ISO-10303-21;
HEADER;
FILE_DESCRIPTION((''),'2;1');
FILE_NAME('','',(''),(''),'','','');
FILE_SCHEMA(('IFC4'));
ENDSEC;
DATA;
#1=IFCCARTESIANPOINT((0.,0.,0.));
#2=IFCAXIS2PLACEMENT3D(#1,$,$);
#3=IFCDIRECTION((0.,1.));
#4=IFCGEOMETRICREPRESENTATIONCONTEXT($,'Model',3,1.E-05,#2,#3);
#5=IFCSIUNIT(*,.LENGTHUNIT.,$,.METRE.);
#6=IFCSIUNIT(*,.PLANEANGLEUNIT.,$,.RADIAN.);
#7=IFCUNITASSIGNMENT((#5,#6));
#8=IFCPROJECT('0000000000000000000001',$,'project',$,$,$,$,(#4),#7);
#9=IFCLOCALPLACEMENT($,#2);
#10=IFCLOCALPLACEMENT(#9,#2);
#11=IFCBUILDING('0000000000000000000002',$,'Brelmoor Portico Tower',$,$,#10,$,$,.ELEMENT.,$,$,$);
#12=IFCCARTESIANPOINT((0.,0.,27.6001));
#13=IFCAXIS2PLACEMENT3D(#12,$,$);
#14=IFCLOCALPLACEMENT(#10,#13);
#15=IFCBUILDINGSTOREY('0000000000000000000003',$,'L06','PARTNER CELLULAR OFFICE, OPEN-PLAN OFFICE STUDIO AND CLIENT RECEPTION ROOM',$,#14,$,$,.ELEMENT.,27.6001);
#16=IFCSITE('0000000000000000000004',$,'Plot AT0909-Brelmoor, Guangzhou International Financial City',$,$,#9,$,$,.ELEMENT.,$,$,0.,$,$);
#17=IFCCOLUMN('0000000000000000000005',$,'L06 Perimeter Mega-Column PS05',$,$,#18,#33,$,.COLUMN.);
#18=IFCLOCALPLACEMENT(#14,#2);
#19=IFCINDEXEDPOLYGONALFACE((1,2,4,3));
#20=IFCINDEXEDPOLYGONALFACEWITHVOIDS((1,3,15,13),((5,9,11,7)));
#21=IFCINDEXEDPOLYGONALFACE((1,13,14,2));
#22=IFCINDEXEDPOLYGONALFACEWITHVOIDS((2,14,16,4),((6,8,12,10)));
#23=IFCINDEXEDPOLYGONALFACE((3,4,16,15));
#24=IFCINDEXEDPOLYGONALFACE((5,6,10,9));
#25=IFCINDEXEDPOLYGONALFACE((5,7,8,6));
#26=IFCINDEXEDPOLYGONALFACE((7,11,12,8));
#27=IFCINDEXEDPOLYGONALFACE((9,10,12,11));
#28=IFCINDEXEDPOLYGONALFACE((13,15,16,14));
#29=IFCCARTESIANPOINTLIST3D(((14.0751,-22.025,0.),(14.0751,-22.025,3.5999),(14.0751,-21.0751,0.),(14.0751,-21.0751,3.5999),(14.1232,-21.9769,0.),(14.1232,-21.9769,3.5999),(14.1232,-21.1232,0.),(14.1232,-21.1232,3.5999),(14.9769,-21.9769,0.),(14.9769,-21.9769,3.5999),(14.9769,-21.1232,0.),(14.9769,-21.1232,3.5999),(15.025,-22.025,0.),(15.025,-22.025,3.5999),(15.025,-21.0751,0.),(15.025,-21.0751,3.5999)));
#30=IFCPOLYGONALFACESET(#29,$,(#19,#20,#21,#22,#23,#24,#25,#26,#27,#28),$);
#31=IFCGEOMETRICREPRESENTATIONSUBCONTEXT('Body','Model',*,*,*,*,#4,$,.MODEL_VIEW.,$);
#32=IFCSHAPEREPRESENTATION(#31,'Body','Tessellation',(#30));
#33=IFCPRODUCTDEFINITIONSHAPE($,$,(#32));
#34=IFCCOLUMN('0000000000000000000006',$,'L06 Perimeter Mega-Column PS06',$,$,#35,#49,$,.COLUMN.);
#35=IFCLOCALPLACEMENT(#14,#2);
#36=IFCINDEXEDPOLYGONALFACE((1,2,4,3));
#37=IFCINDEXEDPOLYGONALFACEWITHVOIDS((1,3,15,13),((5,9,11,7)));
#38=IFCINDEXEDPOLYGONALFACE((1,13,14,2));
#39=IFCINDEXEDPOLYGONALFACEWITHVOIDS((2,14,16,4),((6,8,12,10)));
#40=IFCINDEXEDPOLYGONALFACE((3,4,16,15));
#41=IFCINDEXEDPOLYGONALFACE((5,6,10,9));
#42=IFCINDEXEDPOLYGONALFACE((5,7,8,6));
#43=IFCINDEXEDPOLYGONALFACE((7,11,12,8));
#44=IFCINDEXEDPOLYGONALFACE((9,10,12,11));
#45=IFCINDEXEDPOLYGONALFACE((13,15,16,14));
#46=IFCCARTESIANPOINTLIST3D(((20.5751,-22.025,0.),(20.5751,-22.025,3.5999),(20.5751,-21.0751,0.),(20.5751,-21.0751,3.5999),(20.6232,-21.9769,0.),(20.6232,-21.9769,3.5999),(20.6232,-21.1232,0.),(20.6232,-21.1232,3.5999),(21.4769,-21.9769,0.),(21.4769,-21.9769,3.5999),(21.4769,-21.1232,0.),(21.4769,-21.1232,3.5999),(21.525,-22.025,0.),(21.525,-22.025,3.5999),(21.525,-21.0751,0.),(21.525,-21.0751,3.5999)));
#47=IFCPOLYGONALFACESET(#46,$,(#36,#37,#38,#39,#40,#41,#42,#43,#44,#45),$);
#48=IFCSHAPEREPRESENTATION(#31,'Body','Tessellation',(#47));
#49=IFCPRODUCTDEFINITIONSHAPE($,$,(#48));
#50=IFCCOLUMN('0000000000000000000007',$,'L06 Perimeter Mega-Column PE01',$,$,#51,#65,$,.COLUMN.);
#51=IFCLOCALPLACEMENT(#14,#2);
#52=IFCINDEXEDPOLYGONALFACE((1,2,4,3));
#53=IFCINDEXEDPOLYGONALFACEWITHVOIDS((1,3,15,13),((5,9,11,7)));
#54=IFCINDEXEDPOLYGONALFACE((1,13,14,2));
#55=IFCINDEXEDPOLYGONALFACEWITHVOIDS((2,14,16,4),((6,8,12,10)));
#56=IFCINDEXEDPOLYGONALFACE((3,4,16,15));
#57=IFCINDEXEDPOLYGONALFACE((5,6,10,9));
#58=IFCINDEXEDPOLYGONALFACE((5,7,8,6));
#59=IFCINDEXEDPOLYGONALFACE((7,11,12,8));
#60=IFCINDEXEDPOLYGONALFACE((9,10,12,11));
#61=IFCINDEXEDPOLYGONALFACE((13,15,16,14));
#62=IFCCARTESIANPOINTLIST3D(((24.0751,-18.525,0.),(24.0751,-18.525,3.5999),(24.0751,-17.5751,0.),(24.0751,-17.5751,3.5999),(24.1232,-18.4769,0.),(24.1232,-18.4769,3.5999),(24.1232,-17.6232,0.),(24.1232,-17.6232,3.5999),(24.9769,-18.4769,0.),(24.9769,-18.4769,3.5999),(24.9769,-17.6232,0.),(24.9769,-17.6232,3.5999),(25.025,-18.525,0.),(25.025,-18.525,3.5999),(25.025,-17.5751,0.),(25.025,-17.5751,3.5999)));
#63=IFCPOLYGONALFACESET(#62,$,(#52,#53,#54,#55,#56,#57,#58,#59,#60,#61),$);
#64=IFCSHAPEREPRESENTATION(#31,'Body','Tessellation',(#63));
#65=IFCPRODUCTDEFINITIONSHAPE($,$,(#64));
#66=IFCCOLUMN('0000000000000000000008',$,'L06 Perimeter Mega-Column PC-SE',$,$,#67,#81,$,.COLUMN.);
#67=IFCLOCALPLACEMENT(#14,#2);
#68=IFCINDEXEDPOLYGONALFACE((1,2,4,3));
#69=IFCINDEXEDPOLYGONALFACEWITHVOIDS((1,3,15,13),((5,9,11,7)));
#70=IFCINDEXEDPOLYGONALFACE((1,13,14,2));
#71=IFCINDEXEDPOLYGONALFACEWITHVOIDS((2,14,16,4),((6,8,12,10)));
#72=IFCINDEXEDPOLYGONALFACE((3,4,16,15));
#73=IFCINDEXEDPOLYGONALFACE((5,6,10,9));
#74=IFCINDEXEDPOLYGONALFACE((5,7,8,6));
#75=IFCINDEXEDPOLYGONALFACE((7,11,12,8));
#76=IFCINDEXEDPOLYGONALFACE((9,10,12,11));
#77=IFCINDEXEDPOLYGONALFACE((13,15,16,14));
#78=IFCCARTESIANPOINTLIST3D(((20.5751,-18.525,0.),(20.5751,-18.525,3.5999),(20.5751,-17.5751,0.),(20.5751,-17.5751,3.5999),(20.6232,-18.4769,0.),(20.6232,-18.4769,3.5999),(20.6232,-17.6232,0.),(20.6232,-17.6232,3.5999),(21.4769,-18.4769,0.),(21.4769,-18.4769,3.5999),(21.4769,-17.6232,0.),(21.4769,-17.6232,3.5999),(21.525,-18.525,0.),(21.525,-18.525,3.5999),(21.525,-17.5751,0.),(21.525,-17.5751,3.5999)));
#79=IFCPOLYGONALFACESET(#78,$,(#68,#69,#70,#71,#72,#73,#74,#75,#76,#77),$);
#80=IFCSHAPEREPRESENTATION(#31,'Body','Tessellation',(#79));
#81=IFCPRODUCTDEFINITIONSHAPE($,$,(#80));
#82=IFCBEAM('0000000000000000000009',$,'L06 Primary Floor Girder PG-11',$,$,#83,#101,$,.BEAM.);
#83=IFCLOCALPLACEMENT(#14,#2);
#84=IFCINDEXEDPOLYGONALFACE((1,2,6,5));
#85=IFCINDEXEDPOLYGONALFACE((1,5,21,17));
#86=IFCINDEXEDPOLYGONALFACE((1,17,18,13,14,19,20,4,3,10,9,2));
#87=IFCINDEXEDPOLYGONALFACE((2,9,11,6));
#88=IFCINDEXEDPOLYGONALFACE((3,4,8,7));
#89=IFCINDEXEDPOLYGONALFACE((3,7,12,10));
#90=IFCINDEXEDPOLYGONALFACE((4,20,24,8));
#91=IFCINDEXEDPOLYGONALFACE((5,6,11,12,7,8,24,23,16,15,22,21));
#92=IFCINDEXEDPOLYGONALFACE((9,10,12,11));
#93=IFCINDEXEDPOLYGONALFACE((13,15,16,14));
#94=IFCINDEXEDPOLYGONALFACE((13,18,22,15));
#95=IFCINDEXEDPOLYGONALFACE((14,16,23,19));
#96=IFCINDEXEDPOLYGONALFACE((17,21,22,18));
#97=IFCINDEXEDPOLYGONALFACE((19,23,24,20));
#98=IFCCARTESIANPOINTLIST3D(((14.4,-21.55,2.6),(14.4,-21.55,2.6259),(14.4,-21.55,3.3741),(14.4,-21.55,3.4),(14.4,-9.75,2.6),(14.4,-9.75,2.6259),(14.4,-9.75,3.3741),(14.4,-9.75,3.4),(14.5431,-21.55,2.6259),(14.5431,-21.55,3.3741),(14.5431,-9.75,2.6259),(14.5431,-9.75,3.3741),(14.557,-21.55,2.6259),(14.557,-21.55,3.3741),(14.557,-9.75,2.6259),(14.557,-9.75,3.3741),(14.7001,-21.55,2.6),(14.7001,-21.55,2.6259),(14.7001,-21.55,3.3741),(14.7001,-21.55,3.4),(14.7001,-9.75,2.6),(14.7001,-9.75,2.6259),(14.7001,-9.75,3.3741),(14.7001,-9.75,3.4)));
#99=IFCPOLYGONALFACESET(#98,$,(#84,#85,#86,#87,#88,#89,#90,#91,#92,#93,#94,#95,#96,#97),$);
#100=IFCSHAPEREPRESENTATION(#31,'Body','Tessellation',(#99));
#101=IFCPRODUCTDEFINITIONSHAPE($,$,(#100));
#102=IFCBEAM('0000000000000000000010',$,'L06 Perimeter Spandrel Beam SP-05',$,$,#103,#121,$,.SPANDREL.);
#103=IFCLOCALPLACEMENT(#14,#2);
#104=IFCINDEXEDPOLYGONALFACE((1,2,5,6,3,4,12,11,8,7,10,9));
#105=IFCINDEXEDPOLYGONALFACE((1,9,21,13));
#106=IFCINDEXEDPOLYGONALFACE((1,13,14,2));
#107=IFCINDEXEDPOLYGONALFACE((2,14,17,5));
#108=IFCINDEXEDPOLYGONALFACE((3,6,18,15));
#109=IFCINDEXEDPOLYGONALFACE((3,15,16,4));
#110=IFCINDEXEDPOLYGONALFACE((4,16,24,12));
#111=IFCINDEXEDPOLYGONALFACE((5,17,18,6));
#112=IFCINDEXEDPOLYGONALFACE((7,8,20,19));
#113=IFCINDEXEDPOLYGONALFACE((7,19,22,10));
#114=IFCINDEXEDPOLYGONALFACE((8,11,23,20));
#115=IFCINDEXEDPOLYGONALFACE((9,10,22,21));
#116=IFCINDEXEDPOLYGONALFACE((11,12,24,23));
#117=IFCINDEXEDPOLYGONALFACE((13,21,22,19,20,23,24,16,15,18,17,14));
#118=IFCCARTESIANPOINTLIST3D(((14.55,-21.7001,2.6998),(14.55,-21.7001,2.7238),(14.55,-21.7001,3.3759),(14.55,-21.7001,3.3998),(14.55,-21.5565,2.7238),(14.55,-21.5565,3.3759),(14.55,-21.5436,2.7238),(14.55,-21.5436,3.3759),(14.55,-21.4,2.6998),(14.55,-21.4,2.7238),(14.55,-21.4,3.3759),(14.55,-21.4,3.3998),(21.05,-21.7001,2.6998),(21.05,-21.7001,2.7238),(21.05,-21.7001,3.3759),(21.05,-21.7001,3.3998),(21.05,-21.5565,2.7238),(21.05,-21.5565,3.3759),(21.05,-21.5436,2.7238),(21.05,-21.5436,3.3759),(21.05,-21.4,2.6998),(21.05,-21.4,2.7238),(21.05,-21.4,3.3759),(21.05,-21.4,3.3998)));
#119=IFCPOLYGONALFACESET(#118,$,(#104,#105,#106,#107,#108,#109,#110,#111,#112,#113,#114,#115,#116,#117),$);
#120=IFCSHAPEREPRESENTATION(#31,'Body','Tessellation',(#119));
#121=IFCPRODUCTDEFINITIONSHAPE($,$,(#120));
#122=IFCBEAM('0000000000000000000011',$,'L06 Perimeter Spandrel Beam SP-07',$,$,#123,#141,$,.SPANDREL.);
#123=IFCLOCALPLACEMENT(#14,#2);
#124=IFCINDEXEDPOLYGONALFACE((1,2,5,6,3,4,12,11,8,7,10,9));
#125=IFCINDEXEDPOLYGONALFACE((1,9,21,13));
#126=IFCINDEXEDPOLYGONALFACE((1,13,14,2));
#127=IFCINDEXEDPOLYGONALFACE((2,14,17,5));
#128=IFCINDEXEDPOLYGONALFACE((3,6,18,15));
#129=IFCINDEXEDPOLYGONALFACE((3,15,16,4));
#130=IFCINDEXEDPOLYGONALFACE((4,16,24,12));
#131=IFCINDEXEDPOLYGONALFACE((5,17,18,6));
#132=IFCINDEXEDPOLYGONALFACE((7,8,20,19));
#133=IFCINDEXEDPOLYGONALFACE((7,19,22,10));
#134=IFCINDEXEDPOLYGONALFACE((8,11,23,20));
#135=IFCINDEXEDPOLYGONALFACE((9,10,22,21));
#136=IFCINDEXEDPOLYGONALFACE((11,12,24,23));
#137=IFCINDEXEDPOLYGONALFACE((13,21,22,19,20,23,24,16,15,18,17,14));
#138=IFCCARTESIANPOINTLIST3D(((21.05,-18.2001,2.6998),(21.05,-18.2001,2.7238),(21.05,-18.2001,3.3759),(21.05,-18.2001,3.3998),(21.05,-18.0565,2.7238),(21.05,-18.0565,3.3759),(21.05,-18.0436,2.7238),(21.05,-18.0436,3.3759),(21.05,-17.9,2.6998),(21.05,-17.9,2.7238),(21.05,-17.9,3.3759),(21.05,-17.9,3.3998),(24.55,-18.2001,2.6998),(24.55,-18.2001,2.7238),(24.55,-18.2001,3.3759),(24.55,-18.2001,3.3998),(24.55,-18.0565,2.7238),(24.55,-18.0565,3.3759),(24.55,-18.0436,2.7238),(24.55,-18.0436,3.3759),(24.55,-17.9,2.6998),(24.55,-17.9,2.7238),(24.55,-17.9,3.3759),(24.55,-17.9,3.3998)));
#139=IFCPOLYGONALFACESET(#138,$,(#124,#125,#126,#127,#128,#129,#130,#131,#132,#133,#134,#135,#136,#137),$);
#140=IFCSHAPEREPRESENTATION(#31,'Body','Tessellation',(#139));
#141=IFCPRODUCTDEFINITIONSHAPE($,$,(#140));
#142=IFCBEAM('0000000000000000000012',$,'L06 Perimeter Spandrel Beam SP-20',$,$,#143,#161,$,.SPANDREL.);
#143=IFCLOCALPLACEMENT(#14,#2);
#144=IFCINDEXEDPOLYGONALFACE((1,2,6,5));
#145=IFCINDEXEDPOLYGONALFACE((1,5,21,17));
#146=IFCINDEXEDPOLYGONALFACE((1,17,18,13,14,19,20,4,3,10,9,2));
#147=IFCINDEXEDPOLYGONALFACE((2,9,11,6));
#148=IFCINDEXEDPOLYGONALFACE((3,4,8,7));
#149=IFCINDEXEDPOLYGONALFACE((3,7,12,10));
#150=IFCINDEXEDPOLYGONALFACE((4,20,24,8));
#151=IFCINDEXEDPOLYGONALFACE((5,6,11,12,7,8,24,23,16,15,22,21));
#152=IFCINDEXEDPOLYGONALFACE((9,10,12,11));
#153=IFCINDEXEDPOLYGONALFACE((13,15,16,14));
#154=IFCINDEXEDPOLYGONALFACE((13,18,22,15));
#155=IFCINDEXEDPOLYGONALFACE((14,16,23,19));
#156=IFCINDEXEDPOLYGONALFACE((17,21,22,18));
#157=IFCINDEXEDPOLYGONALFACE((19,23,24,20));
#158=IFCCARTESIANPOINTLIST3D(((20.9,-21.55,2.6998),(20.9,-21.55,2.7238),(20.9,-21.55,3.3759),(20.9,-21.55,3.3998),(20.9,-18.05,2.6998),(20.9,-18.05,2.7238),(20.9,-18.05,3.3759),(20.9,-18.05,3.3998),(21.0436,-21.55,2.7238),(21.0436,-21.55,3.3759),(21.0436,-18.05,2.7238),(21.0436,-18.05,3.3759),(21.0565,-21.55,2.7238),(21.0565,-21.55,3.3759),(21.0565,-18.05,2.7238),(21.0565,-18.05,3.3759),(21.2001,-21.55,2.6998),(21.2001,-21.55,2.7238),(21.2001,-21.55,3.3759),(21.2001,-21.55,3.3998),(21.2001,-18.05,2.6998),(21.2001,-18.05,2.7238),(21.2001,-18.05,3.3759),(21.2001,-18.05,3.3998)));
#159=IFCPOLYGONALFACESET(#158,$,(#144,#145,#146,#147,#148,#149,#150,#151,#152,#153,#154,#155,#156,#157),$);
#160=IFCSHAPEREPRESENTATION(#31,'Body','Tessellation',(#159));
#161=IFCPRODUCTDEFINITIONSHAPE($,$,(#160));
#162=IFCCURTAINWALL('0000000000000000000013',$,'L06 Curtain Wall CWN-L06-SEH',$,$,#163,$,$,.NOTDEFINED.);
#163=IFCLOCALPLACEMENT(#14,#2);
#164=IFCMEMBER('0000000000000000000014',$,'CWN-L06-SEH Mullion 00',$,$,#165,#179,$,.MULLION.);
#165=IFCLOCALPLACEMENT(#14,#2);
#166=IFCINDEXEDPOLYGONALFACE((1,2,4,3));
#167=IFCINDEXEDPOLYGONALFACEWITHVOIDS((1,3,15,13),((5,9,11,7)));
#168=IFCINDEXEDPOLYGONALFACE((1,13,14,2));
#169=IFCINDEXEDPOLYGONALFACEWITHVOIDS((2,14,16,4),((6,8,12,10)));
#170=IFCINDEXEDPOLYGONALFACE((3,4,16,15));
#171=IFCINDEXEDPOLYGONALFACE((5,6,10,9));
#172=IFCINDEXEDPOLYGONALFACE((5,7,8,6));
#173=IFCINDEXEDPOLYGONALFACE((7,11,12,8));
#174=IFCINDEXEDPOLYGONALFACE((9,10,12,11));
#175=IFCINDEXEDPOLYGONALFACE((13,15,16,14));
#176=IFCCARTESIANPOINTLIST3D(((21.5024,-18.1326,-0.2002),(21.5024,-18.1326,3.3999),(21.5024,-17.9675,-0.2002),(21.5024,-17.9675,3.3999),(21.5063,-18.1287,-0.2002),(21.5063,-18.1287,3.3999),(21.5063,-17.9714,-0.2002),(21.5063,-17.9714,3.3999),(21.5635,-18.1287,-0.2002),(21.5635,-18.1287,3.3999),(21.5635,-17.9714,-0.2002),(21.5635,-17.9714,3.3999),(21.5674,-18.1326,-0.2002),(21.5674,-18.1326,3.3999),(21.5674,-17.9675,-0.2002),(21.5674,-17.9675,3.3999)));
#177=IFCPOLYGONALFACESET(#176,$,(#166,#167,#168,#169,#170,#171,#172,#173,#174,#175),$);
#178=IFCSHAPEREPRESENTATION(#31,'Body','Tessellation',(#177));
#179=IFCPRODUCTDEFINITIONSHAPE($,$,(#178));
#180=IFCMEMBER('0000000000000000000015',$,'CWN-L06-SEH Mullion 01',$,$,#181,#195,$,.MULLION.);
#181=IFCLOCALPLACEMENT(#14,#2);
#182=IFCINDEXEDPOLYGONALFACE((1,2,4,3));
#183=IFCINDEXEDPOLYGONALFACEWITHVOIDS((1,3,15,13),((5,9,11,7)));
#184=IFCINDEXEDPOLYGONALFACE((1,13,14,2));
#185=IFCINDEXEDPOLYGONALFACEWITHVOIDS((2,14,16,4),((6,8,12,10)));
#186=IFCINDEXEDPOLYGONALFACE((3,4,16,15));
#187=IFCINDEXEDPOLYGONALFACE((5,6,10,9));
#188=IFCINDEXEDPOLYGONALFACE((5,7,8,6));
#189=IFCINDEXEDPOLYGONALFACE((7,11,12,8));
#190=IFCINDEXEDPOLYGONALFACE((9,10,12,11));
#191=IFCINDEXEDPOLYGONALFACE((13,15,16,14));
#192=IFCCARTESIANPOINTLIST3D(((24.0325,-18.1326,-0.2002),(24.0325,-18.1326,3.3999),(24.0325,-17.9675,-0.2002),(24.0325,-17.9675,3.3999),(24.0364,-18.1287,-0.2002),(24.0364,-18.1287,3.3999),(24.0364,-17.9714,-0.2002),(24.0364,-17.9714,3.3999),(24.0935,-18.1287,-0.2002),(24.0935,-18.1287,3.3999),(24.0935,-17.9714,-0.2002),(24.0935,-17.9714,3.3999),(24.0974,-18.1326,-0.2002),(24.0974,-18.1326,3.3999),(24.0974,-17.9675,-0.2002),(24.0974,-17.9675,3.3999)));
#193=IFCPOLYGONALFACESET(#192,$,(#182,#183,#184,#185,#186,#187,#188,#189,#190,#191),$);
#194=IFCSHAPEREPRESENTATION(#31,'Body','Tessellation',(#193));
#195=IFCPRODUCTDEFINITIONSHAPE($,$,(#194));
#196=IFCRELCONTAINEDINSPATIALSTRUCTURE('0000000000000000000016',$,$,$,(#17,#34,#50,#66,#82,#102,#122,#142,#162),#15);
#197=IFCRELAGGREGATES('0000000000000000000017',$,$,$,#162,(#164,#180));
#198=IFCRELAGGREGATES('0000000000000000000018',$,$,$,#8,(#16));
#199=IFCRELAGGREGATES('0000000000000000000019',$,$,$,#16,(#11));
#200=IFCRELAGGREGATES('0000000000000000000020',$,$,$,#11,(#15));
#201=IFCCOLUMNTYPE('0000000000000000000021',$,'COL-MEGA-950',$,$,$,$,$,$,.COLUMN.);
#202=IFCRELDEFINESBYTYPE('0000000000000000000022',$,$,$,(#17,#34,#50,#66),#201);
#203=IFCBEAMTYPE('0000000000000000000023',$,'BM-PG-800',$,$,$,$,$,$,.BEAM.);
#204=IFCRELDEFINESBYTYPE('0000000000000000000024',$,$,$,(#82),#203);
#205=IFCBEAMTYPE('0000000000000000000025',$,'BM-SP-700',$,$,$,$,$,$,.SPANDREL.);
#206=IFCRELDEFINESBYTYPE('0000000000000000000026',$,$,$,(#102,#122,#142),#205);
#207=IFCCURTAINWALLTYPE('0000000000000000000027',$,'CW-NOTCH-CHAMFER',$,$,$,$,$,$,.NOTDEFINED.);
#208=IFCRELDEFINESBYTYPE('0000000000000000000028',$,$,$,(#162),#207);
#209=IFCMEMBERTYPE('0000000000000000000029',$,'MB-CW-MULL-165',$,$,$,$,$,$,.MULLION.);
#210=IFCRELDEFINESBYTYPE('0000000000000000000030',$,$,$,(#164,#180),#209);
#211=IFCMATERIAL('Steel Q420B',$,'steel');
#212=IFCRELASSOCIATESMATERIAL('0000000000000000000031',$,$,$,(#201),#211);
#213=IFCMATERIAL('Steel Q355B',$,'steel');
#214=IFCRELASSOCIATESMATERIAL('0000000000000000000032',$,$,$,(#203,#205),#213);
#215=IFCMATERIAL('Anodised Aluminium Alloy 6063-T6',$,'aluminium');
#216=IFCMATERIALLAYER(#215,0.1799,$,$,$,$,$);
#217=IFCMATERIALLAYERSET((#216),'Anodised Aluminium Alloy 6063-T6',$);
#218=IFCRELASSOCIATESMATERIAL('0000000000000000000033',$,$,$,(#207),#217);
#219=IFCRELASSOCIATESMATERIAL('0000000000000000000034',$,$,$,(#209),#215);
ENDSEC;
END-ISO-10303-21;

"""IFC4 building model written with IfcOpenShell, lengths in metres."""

from ifc_helpers import new_model, si_unit, direction, frame, origin, origin_2d, place, context, subcontext, project, spatial, hollow_rectangle, i_section, extrude, material, layer, layer_set, material_profile, profile_set, type_object, element, aggregate, save


model = new_model("IFC4")

# Units and contexts
model_context = context("Model", 3, precision=1e-05, world=origin(), true_north=direction((0.0, 1.0)))
body_context = subcontext(model_context, "Body", "Model", "MODEL_VIEW")
ifc_project = project(units=[si_unit("LENGTHUNIT", "METRE"), si_unit("PLANEANGLEUNIT", "RADIAN")], contexts=[model_context])

# Site, building, storey
site_placement = place(None, origin())
site = spatial("IfcSite", under=ifc_project, at=site_placement, Name="Plot AT0909-Brelmoor, Guangzhou International Financial City", CompositionType="ELEMENT", RefElevation=0.0)
building_placement = place(site_placement, origin())
building = spatial("IfcBuilding", under=site, at=building_placement, Name="Brelmoor Portico Tower", CompositionType="ELEMENT")
storey_placement = place(building_placement, frame((0.0, 0.0, 27.6001)))
storey = spatial("IfcBuildingStorey", under=building, at=storey_placement, Name="L06", Description="PARTNER CELLULAR OFFICE, OPEN-PLAN OFFICE STUDIO AND CLIENT RECEPTION ROOM", CompositionType="ELEMENT", Elevation=27.6001)

# Columns
ifc_material_1 = material(Name="Steel Q420B", Category="steel")
ifc_material_profile_1 = material_profile(ifc_material_1, hollow_rectangle(XDim=0.95, YDim=0.95, WallThickness=0.0481, at=origin_2d()), Name="BOX 950x950x48")
ifc_profile_set_1 = profile_set([ifc_material_profile_1], Name="Steel Q420B")
column_type = type_object("IfcColumnType", Name="COL-MEGA-950", PredefinedType="COLUMN", material=ifc_profile_set_1)
for number, where, z_axis, x_axis, name in (
    (1, (14.55, -21.55, 0.0), (0.0, 0.0, 1.0), (1.0, 0.0, 0.0), "L06 Perimeter Mega-Column PS05"),
    (2, (21.05, -21.55, 0.0), (0.0, 0.0, 1.0), (1.0, 0.0, 0.0), "L06 Perimeter Mega-Column PS06"),
    (3, (24.55, -18.05, 0.0), (0.0, 0.0, 1.0), (0.0, 1.0, 0.0), "L06 Perimeter Mega-Column PE01"),
    (4, (21.05, -18.05, 0.0), (0.0, 0.0, 1.0), (1.0, 0.0, 0.0), "L06 Perimeter Mega-Column PC-SE"),
):
    element("IfcColumn", number, at=place(storey_placement, frame(where, z_axis=z_axis, x_axis=x_axis)), inside=storey, type_object=column_type, Name=name, PredefinedType="COLUMN", context=body_context, shape_type="SweptSolid", body=[
        extrude(hollow_rectangle(XDim=0.95, YDim=0.95, WallThickness=0.0481, at=origin_2d()), origin(), (0.0, 0.0, 1.0), 3.5999),
    ])

# Beams
ifc_material_2 = material(Name="Steel Q355B", Category="steel")
ifc_material_profile_2 = material_profile(ifc_material_2, i_section(OverallWidth=0.3, OverallDepth=0.8, WebThickness=0.0139, FlangeThickness=0.0259, at=origin_2d()), Name="HN 800x300x14x26")
ifc_profile_set_2 = profile_set([ifc_material_profile_2], Name="Steel Q355B")
beam_type_1 = type_object("IfcBeamType", Name="BM-PG-800", PredefinedType="BEAM", material=ifc_profile_set_2)
beam_1_placement = place(storey_placement, frame((14.55, -21.55, 3.0), z_axis=(0.0, 1.0, 0.0), x_axis=(-1.0, 0.0, 0.0)))
element("IfcBeam", 5, at=beam_1_placement, inside=storey, type_object=beam_type_1, Name="L06 Primary Floor Girder PG-11", PredefinedType="BEAM", context=body_context, shape_type="SweptSolid", body=[
    extrude(i_section(OverallWidth=0.3, OverallDepth=0.8, WebThickness=0.0139, FlangeThickness=0.0259, at=origin_2d()), origin(), (0.0, 0.0, 1.0), 11.8),
])
ifc_material_profile_3 = material_profile(ifc_material_2, i_section(OverallWidth=0.3, OverallDepth=0.7, WebThickness=0.0129, FlangeThickness=0.0239, at=origin_2d()), Name="HN 700x300x13x24")
ifc_profile_set_3 = profile_set([ifc_material_profile_3], Name="Steel Q355B")
beam_type_2 = type_object("IfcBeamType", Name="BM-SP-700", PredefinedType="SPANDREL", material=ifc_profile_set_3)
beam_2_placement = place(storey_placement, frame((14.55, -21.55, 3.0498), z_axis=(1.0, 0.0, 0.0), x_axis=(0.0, 1.0, 0.0)))
element("IfcBeam", 6, at=beam_2_placement, inside=storey, type_object=beam_type_2, Name="L06 Perimeter Spandrel Beam SP-05", PredefinedType="SPANDREL", context=body_context, shape_type="SweptSolid", body=[
    extrude(i_section(OverallWidth=0.3, OverallDepth=0.7, WebThickness=0.0129, FlangeThickness=0.0239, at=origin_2d()), origin(), (0.0, 0.0, 1.0), 6.5),
])
for number, where, z_axis, x_axis, name in (
    (7, (21.05, -18.05, 3.0498), (1.0, 0.0, 0.0), (0.0, 1.0, 0.0), "L06 Perimeter Spandrel Beam SP-07"),
    (8, (21.05, -21.55, 3.0498), (0.0, 1.0, 0.0), (-1.0, 0.0, 0.0), "L06 Perimeter Spandrel Beam SP-20"),
):
    element("IfcBeam", number, at=place(storey_placement, frame(where, z_axis=z_axis, x_axis=x_axis)), inside=storey, type_object=beam_type_2, Name=name, PredefinedType="SPANDREL", context=body_context, shape_type="SweptSolid", body=[
        extrude(i_section(OverallWidth=0.3, OverallDepth=0.7, WebThickness=0.0129, FlangeThickness=0.0239, at=origin_2d()), origin(), (0.0, 0.0, 1.0), 3.5),
    ])

# Curtain wall, members
ifc_material_3 = material(Name="Anodised Aluminium Alloy 6063-T6", Category="aluminium")
ifc_layer_1 = layer(ifc_material_3, 0.1799)
ifc_layer_set_1 = layer_set([ifc_layer_1], Name="Anodised Aluminium Alloy 6063-T6")
curtain_wall_type_1 = type_object("IfcCurtainWallType", Name="CW-NOTCH-CHAMFER", PredefinedType="NOTDEFINED", material=ifc_layer_set_1)
curtain_wall_1_placement = place(storey_placement, origin())
curtain_wall_1 = element("IfcCurtainWall", 9, at=curtain_wall_1_placement, inside=storey, type_object=curtain_wall_type_1, Name="L06 Curtain Wall CWN-L06-SEH", PredefinedType="NOTDEFINED")
ifc_material_profile_4 = material_profile(ifc_material_3, hollow_rectangle(XDim=0.0649, YDim=0.165, WallThickness=0.0039, at=origin_2d()), Name="ALU MULLION 65x165")
ifc_profile_set_4 = profile_set([ifc_material_profile_4], Name="Anodised Aluminium Alloy 6063-T6")
member_type_1 = type_object("IfcMemberType", Name="MB-CW-MULL-165", PredefinedType="MULLION", material=ifc_profile_set_4)
member_1_placement = place(storey_placement, frame((21.5349, -18.05, -0.2002), z_axis=(0.0, 0.0, 1.0), x_axis=(1.0, 0.0, 0.0)))
member_1 = element("IfcMember", 10, at=member_1_placement, type_object=member_type_1, Name="CWN-L06-SEH Mullion 00", PredefinedType="MULLION", context=body_context, shape_type="SweptSolid", body=[
    extrude(hollow_rectangle(XDim=0.0649, YDim=0.165, WallThickness=0.0039, at=origin_2d()), origin(), (0.0, 0.0, 1.0), 3.6001),
])
member_2_placement = place(storey_placement, frame((24.0649, -18.05, -0.2002), z_axis=(0.0, 0.0, 1.0), x_axis=(1.0, 0.0, 0.0)))
member_2 = element("IfcMember", 11, at=member_2_placement, type_object=member_type_1, Name="CWN-L06-SEH Mullion 01", PredefinedType="MULLION", context=body_context, shape_type="SweptSolid", body=[
    extrude(hollow_rectangle(XDim=0.0649, YDim=0.165, WallThickness=0.0039, at=origin_2d()), origin(), (0.0, 0.0, 1.0), 3.6001),
])

aggregate(curtain_wall_1, [member_1, member_2])

save(model, "model.ifc")
